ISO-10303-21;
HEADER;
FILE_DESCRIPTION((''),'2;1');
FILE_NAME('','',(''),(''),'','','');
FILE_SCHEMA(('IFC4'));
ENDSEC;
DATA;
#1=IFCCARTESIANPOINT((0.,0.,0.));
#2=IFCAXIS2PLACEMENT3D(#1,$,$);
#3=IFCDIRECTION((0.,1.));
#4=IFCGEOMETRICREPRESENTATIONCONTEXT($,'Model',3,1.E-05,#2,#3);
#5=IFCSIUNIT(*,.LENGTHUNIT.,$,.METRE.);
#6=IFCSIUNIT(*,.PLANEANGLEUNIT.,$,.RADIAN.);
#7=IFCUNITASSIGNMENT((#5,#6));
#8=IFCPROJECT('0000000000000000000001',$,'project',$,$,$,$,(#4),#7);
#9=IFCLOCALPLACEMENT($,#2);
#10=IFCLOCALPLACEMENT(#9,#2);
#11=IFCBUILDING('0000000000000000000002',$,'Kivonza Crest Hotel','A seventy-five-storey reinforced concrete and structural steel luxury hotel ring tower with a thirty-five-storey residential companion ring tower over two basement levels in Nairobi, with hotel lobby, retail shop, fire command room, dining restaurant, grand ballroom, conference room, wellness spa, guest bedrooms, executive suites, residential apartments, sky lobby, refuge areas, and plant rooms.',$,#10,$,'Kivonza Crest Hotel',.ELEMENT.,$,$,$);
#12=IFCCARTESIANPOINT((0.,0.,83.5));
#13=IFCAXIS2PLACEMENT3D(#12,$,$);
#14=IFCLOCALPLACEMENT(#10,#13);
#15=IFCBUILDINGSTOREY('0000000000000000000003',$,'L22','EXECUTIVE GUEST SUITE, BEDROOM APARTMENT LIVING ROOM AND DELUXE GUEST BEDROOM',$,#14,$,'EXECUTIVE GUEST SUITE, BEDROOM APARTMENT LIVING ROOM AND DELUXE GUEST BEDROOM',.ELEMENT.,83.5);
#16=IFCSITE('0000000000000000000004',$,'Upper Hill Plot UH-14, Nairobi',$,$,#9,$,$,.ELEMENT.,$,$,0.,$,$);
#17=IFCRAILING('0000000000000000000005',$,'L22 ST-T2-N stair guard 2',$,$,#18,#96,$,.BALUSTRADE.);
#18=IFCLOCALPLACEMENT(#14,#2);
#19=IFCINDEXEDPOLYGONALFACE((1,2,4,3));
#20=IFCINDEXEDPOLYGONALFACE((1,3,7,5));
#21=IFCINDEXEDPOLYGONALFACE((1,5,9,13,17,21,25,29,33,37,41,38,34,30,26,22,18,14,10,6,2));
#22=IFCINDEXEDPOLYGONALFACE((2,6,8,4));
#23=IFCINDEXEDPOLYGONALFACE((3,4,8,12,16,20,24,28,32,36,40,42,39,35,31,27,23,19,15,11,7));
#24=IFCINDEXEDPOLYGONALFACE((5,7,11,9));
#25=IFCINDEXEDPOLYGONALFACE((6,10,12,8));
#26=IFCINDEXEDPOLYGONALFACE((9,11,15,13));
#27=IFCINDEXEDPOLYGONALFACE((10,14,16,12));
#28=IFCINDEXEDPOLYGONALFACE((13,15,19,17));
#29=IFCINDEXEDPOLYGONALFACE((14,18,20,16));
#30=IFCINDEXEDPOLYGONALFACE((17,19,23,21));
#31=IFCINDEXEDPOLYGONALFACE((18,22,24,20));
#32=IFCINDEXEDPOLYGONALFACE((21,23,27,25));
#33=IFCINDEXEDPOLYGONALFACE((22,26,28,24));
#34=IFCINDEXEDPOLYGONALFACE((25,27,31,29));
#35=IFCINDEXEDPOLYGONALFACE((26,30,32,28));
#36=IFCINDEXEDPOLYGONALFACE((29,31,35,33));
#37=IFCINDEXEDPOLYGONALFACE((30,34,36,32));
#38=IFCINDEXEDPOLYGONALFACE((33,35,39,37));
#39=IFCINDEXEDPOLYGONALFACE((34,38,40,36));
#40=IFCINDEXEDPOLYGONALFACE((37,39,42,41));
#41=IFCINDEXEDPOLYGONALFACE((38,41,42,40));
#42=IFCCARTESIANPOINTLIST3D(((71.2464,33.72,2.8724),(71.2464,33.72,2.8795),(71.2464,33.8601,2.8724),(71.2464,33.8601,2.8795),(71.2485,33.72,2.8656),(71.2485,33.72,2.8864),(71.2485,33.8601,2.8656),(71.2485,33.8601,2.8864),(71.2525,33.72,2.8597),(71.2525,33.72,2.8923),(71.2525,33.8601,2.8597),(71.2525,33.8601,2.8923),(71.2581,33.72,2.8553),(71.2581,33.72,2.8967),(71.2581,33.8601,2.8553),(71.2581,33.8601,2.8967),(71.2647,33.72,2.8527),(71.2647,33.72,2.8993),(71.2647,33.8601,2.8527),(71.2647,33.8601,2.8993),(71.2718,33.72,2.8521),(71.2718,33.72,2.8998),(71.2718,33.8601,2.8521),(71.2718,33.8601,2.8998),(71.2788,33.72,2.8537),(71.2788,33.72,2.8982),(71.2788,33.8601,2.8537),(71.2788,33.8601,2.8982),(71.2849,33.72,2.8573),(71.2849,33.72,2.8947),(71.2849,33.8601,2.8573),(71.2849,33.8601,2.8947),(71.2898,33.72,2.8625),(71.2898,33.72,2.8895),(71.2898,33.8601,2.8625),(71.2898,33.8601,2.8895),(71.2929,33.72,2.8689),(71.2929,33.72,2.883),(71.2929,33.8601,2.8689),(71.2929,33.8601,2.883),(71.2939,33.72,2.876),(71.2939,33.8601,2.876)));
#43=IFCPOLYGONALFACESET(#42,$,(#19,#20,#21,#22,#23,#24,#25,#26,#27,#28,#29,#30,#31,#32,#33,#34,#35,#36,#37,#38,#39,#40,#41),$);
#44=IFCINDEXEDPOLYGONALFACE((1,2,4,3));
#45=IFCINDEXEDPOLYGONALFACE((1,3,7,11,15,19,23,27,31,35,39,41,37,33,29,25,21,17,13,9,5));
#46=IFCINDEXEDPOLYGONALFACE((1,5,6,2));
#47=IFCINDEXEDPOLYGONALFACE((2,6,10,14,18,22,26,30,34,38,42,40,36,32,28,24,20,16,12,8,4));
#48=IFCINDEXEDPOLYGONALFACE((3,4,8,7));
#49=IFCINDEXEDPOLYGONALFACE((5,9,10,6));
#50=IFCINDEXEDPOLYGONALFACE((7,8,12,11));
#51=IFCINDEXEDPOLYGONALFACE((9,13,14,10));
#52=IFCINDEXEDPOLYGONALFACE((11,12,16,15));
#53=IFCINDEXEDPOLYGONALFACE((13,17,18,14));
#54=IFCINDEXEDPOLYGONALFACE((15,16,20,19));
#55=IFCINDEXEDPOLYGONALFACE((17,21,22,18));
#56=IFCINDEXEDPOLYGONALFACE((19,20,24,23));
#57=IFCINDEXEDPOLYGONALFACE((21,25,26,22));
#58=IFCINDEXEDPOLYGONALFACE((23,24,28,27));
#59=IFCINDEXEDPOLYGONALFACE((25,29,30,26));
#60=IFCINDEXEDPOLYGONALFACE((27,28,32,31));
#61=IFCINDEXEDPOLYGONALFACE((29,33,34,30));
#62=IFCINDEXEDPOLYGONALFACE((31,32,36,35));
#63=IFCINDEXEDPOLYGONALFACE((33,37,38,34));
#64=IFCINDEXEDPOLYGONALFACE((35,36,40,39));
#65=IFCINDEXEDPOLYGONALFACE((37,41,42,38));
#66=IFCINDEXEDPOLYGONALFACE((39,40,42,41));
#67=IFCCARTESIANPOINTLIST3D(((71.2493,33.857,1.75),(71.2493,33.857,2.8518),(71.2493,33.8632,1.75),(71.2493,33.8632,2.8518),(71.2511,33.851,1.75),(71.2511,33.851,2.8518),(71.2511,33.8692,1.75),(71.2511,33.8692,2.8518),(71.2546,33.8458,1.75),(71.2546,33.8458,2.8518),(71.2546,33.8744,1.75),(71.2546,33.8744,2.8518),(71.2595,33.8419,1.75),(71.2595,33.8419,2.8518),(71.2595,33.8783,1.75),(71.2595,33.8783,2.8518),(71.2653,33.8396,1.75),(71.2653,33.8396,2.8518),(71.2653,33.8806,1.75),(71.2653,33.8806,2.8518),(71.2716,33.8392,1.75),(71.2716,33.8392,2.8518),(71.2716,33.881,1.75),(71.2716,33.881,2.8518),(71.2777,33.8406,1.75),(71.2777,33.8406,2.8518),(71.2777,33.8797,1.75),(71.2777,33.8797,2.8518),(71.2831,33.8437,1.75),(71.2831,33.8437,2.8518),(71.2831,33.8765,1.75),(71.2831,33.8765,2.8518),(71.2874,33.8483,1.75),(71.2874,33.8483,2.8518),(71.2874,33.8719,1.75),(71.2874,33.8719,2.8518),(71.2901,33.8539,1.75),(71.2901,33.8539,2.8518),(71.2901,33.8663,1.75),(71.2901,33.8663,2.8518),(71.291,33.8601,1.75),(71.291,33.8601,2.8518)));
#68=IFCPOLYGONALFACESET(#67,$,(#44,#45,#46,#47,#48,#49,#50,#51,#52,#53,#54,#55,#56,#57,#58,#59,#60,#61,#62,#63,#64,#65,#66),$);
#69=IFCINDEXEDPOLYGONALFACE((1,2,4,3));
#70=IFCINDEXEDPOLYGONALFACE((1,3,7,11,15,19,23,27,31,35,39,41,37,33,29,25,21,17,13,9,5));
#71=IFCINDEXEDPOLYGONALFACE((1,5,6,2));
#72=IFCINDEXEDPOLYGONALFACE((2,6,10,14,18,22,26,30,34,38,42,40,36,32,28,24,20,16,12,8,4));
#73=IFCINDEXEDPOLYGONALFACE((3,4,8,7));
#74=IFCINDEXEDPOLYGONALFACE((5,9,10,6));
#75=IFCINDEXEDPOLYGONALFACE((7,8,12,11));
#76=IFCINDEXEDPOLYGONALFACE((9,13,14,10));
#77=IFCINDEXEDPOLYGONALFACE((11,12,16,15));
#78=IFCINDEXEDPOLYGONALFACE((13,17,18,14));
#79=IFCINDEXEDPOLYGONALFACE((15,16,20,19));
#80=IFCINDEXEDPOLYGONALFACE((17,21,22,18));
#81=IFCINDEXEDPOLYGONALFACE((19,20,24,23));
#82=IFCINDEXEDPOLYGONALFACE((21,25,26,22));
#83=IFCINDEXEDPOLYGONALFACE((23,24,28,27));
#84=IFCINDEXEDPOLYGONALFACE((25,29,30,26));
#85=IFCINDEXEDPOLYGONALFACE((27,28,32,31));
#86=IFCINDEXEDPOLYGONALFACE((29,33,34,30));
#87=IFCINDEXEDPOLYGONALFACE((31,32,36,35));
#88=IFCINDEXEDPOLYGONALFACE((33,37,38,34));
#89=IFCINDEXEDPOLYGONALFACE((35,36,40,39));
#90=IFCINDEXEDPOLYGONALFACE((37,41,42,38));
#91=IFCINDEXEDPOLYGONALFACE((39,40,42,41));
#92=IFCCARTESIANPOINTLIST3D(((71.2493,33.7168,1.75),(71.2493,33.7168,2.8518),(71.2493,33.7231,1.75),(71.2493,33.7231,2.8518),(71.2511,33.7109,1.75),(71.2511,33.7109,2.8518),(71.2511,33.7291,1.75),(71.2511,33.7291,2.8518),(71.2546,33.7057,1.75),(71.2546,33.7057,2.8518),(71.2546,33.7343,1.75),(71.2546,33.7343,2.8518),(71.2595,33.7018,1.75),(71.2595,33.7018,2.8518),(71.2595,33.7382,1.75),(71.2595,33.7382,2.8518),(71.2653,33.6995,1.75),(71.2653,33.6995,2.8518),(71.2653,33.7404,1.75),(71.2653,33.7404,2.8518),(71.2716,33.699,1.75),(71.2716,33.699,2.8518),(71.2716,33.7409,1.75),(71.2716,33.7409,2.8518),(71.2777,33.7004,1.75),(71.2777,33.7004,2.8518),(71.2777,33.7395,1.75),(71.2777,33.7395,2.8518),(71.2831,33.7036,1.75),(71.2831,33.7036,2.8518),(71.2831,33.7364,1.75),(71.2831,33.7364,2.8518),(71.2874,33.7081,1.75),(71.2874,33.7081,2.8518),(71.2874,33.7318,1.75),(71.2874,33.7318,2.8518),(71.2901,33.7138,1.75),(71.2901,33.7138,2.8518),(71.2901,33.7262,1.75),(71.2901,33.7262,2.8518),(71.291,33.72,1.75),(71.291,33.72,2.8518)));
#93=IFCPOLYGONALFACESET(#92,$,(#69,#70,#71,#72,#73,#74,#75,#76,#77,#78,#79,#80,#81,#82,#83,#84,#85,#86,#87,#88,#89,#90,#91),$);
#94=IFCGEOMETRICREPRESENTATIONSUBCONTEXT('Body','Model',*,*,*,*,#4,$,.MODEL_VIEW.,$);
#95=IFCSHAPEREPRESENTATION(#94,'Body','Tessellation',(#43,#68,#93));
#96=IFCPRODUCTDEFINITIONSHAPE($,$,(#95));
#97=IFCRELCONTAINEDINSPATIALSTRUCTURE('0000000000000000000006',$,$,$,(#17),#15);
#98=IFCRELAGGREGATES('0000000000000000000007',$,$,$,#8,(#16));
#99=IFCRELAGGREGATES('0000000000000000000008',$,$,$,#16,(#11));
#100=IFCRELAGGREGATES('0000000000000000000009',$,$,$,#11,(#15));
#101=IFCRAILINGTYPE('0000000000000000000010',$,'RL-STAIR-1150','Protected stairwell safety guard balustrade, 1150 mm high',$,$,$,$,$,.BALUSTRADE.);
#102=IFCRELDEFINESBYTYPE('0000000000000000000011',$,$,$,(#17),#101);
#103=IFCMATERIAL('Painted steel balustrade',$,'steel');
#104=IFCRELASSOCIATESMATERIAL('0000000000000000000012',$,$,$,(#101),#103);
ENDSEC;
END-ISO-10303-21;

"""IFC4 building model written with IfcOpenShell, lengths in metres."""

from ifc_helpers import new_model, si_unit, direction, frame, origin, origin_2d, place, context, subcontext, project, spatial, circle, extrude, material, type_object, element, save


model = new_model("IFC4")

# Units and contexts
model_context = context("Model", 3, precision=1e-05, world=origin(), true_north=direction((0.0, 1.0)))
body_context = subcontext(model_context, "Body", "Model", "MODEL_VIEW")
ifc_project = project(units=[si_unit("LENGTHUNIT", "METRE"), si_unit("PLANEANGLEUNIT", "RADIAN")], contexts=[model_context])

# Site, building, storey
site_placement = place(None, origin())
site = spatial("IfcSite", under=ifc_project, at=site_placement, Name="Upper Hill Plot UH-14, Nairobi", CompositionType="ELEMENT", RefElevation=0.0)
building_placement = place(site_placement, origin())
building = spatial("IfcBuilding", under=site, at=building_placement, Name="Kivonza Crest Hotel", Description="A seventy-five-storey reinforced concrete and structural steel luxury hotel ring tower with a thirty-five-storey residential companion ring tower over two basement levels in Nairobi, with hotel lobby, retail shop, fire command room, dining restaurant, grand ballroom, conference room, wellness spa, guest bedrooms, executive suites, residential apartments, sky lobby, refuge areas, and plant rooms.", LongName="Kivonza Crest Hotel", CompositionType="ELEMENT")
storey_placement = place(building_placement, frame((0.0, 0.0, 83.5)))
storey = spatial("IfcBuildingStorey", under=building, at=storey_placement, Name="L22", Description="EXECUTIVE GUEST SUITE, BEDROOM APARTMENT LIVING ROOM AND DELUXE GUEST BEDROOM", LongName="EXECUTIVE GUEST SUITE, BEDROOM APARTMENT LIVING ROOM AND DELUXE GUEST BEDROOM", CompositionType="ELEMENT", Elevation=83.5)

# Railing
ifc_material_1 = material(Name="Painted steel balustrade", Category="steel")
railing_type_1 = type_object("IfcRailingType", Name="RL-STAIR-1150", Description="Protected stairwell safety guard balustrade, 1150 mm high", PredefinedType="BALUSTRADE", material=ifc_material_1)
railing_1_placement = place(storey_placement, frame((71.27, 33.8601, 1.75)))
element("IfcRailing", 1, at=railing_1_placement, inside=storey, type_object=railing_type_1, Name="L22 ST-T2-N stair guard 2", PredefinedType="BALUSTRADE", context=body_context, shape_type="SweptSolid", body=[
    extrude(circle(Radius=0.0239, at=origin_2d()), frame((0.0, 0.0, 1.126), z_axis=(0.0, -1.0, 0.0), x_axis=(1.0, 0.0, 0.0)), (0.0, 0.0, 1.0), 0.1401),
    extrude(circle(Radius=0.021, at=origin_2d()), origin(), (0.0, 0.0, 1.0), 1.1018),
    extrude(circle(Radius=0.021, at=origin_2d()), frame((0.0, -0.1401, 0.0)), (0.0, 0.0, 1.0), 1.1018),
])

save(model, "model.ifc")
